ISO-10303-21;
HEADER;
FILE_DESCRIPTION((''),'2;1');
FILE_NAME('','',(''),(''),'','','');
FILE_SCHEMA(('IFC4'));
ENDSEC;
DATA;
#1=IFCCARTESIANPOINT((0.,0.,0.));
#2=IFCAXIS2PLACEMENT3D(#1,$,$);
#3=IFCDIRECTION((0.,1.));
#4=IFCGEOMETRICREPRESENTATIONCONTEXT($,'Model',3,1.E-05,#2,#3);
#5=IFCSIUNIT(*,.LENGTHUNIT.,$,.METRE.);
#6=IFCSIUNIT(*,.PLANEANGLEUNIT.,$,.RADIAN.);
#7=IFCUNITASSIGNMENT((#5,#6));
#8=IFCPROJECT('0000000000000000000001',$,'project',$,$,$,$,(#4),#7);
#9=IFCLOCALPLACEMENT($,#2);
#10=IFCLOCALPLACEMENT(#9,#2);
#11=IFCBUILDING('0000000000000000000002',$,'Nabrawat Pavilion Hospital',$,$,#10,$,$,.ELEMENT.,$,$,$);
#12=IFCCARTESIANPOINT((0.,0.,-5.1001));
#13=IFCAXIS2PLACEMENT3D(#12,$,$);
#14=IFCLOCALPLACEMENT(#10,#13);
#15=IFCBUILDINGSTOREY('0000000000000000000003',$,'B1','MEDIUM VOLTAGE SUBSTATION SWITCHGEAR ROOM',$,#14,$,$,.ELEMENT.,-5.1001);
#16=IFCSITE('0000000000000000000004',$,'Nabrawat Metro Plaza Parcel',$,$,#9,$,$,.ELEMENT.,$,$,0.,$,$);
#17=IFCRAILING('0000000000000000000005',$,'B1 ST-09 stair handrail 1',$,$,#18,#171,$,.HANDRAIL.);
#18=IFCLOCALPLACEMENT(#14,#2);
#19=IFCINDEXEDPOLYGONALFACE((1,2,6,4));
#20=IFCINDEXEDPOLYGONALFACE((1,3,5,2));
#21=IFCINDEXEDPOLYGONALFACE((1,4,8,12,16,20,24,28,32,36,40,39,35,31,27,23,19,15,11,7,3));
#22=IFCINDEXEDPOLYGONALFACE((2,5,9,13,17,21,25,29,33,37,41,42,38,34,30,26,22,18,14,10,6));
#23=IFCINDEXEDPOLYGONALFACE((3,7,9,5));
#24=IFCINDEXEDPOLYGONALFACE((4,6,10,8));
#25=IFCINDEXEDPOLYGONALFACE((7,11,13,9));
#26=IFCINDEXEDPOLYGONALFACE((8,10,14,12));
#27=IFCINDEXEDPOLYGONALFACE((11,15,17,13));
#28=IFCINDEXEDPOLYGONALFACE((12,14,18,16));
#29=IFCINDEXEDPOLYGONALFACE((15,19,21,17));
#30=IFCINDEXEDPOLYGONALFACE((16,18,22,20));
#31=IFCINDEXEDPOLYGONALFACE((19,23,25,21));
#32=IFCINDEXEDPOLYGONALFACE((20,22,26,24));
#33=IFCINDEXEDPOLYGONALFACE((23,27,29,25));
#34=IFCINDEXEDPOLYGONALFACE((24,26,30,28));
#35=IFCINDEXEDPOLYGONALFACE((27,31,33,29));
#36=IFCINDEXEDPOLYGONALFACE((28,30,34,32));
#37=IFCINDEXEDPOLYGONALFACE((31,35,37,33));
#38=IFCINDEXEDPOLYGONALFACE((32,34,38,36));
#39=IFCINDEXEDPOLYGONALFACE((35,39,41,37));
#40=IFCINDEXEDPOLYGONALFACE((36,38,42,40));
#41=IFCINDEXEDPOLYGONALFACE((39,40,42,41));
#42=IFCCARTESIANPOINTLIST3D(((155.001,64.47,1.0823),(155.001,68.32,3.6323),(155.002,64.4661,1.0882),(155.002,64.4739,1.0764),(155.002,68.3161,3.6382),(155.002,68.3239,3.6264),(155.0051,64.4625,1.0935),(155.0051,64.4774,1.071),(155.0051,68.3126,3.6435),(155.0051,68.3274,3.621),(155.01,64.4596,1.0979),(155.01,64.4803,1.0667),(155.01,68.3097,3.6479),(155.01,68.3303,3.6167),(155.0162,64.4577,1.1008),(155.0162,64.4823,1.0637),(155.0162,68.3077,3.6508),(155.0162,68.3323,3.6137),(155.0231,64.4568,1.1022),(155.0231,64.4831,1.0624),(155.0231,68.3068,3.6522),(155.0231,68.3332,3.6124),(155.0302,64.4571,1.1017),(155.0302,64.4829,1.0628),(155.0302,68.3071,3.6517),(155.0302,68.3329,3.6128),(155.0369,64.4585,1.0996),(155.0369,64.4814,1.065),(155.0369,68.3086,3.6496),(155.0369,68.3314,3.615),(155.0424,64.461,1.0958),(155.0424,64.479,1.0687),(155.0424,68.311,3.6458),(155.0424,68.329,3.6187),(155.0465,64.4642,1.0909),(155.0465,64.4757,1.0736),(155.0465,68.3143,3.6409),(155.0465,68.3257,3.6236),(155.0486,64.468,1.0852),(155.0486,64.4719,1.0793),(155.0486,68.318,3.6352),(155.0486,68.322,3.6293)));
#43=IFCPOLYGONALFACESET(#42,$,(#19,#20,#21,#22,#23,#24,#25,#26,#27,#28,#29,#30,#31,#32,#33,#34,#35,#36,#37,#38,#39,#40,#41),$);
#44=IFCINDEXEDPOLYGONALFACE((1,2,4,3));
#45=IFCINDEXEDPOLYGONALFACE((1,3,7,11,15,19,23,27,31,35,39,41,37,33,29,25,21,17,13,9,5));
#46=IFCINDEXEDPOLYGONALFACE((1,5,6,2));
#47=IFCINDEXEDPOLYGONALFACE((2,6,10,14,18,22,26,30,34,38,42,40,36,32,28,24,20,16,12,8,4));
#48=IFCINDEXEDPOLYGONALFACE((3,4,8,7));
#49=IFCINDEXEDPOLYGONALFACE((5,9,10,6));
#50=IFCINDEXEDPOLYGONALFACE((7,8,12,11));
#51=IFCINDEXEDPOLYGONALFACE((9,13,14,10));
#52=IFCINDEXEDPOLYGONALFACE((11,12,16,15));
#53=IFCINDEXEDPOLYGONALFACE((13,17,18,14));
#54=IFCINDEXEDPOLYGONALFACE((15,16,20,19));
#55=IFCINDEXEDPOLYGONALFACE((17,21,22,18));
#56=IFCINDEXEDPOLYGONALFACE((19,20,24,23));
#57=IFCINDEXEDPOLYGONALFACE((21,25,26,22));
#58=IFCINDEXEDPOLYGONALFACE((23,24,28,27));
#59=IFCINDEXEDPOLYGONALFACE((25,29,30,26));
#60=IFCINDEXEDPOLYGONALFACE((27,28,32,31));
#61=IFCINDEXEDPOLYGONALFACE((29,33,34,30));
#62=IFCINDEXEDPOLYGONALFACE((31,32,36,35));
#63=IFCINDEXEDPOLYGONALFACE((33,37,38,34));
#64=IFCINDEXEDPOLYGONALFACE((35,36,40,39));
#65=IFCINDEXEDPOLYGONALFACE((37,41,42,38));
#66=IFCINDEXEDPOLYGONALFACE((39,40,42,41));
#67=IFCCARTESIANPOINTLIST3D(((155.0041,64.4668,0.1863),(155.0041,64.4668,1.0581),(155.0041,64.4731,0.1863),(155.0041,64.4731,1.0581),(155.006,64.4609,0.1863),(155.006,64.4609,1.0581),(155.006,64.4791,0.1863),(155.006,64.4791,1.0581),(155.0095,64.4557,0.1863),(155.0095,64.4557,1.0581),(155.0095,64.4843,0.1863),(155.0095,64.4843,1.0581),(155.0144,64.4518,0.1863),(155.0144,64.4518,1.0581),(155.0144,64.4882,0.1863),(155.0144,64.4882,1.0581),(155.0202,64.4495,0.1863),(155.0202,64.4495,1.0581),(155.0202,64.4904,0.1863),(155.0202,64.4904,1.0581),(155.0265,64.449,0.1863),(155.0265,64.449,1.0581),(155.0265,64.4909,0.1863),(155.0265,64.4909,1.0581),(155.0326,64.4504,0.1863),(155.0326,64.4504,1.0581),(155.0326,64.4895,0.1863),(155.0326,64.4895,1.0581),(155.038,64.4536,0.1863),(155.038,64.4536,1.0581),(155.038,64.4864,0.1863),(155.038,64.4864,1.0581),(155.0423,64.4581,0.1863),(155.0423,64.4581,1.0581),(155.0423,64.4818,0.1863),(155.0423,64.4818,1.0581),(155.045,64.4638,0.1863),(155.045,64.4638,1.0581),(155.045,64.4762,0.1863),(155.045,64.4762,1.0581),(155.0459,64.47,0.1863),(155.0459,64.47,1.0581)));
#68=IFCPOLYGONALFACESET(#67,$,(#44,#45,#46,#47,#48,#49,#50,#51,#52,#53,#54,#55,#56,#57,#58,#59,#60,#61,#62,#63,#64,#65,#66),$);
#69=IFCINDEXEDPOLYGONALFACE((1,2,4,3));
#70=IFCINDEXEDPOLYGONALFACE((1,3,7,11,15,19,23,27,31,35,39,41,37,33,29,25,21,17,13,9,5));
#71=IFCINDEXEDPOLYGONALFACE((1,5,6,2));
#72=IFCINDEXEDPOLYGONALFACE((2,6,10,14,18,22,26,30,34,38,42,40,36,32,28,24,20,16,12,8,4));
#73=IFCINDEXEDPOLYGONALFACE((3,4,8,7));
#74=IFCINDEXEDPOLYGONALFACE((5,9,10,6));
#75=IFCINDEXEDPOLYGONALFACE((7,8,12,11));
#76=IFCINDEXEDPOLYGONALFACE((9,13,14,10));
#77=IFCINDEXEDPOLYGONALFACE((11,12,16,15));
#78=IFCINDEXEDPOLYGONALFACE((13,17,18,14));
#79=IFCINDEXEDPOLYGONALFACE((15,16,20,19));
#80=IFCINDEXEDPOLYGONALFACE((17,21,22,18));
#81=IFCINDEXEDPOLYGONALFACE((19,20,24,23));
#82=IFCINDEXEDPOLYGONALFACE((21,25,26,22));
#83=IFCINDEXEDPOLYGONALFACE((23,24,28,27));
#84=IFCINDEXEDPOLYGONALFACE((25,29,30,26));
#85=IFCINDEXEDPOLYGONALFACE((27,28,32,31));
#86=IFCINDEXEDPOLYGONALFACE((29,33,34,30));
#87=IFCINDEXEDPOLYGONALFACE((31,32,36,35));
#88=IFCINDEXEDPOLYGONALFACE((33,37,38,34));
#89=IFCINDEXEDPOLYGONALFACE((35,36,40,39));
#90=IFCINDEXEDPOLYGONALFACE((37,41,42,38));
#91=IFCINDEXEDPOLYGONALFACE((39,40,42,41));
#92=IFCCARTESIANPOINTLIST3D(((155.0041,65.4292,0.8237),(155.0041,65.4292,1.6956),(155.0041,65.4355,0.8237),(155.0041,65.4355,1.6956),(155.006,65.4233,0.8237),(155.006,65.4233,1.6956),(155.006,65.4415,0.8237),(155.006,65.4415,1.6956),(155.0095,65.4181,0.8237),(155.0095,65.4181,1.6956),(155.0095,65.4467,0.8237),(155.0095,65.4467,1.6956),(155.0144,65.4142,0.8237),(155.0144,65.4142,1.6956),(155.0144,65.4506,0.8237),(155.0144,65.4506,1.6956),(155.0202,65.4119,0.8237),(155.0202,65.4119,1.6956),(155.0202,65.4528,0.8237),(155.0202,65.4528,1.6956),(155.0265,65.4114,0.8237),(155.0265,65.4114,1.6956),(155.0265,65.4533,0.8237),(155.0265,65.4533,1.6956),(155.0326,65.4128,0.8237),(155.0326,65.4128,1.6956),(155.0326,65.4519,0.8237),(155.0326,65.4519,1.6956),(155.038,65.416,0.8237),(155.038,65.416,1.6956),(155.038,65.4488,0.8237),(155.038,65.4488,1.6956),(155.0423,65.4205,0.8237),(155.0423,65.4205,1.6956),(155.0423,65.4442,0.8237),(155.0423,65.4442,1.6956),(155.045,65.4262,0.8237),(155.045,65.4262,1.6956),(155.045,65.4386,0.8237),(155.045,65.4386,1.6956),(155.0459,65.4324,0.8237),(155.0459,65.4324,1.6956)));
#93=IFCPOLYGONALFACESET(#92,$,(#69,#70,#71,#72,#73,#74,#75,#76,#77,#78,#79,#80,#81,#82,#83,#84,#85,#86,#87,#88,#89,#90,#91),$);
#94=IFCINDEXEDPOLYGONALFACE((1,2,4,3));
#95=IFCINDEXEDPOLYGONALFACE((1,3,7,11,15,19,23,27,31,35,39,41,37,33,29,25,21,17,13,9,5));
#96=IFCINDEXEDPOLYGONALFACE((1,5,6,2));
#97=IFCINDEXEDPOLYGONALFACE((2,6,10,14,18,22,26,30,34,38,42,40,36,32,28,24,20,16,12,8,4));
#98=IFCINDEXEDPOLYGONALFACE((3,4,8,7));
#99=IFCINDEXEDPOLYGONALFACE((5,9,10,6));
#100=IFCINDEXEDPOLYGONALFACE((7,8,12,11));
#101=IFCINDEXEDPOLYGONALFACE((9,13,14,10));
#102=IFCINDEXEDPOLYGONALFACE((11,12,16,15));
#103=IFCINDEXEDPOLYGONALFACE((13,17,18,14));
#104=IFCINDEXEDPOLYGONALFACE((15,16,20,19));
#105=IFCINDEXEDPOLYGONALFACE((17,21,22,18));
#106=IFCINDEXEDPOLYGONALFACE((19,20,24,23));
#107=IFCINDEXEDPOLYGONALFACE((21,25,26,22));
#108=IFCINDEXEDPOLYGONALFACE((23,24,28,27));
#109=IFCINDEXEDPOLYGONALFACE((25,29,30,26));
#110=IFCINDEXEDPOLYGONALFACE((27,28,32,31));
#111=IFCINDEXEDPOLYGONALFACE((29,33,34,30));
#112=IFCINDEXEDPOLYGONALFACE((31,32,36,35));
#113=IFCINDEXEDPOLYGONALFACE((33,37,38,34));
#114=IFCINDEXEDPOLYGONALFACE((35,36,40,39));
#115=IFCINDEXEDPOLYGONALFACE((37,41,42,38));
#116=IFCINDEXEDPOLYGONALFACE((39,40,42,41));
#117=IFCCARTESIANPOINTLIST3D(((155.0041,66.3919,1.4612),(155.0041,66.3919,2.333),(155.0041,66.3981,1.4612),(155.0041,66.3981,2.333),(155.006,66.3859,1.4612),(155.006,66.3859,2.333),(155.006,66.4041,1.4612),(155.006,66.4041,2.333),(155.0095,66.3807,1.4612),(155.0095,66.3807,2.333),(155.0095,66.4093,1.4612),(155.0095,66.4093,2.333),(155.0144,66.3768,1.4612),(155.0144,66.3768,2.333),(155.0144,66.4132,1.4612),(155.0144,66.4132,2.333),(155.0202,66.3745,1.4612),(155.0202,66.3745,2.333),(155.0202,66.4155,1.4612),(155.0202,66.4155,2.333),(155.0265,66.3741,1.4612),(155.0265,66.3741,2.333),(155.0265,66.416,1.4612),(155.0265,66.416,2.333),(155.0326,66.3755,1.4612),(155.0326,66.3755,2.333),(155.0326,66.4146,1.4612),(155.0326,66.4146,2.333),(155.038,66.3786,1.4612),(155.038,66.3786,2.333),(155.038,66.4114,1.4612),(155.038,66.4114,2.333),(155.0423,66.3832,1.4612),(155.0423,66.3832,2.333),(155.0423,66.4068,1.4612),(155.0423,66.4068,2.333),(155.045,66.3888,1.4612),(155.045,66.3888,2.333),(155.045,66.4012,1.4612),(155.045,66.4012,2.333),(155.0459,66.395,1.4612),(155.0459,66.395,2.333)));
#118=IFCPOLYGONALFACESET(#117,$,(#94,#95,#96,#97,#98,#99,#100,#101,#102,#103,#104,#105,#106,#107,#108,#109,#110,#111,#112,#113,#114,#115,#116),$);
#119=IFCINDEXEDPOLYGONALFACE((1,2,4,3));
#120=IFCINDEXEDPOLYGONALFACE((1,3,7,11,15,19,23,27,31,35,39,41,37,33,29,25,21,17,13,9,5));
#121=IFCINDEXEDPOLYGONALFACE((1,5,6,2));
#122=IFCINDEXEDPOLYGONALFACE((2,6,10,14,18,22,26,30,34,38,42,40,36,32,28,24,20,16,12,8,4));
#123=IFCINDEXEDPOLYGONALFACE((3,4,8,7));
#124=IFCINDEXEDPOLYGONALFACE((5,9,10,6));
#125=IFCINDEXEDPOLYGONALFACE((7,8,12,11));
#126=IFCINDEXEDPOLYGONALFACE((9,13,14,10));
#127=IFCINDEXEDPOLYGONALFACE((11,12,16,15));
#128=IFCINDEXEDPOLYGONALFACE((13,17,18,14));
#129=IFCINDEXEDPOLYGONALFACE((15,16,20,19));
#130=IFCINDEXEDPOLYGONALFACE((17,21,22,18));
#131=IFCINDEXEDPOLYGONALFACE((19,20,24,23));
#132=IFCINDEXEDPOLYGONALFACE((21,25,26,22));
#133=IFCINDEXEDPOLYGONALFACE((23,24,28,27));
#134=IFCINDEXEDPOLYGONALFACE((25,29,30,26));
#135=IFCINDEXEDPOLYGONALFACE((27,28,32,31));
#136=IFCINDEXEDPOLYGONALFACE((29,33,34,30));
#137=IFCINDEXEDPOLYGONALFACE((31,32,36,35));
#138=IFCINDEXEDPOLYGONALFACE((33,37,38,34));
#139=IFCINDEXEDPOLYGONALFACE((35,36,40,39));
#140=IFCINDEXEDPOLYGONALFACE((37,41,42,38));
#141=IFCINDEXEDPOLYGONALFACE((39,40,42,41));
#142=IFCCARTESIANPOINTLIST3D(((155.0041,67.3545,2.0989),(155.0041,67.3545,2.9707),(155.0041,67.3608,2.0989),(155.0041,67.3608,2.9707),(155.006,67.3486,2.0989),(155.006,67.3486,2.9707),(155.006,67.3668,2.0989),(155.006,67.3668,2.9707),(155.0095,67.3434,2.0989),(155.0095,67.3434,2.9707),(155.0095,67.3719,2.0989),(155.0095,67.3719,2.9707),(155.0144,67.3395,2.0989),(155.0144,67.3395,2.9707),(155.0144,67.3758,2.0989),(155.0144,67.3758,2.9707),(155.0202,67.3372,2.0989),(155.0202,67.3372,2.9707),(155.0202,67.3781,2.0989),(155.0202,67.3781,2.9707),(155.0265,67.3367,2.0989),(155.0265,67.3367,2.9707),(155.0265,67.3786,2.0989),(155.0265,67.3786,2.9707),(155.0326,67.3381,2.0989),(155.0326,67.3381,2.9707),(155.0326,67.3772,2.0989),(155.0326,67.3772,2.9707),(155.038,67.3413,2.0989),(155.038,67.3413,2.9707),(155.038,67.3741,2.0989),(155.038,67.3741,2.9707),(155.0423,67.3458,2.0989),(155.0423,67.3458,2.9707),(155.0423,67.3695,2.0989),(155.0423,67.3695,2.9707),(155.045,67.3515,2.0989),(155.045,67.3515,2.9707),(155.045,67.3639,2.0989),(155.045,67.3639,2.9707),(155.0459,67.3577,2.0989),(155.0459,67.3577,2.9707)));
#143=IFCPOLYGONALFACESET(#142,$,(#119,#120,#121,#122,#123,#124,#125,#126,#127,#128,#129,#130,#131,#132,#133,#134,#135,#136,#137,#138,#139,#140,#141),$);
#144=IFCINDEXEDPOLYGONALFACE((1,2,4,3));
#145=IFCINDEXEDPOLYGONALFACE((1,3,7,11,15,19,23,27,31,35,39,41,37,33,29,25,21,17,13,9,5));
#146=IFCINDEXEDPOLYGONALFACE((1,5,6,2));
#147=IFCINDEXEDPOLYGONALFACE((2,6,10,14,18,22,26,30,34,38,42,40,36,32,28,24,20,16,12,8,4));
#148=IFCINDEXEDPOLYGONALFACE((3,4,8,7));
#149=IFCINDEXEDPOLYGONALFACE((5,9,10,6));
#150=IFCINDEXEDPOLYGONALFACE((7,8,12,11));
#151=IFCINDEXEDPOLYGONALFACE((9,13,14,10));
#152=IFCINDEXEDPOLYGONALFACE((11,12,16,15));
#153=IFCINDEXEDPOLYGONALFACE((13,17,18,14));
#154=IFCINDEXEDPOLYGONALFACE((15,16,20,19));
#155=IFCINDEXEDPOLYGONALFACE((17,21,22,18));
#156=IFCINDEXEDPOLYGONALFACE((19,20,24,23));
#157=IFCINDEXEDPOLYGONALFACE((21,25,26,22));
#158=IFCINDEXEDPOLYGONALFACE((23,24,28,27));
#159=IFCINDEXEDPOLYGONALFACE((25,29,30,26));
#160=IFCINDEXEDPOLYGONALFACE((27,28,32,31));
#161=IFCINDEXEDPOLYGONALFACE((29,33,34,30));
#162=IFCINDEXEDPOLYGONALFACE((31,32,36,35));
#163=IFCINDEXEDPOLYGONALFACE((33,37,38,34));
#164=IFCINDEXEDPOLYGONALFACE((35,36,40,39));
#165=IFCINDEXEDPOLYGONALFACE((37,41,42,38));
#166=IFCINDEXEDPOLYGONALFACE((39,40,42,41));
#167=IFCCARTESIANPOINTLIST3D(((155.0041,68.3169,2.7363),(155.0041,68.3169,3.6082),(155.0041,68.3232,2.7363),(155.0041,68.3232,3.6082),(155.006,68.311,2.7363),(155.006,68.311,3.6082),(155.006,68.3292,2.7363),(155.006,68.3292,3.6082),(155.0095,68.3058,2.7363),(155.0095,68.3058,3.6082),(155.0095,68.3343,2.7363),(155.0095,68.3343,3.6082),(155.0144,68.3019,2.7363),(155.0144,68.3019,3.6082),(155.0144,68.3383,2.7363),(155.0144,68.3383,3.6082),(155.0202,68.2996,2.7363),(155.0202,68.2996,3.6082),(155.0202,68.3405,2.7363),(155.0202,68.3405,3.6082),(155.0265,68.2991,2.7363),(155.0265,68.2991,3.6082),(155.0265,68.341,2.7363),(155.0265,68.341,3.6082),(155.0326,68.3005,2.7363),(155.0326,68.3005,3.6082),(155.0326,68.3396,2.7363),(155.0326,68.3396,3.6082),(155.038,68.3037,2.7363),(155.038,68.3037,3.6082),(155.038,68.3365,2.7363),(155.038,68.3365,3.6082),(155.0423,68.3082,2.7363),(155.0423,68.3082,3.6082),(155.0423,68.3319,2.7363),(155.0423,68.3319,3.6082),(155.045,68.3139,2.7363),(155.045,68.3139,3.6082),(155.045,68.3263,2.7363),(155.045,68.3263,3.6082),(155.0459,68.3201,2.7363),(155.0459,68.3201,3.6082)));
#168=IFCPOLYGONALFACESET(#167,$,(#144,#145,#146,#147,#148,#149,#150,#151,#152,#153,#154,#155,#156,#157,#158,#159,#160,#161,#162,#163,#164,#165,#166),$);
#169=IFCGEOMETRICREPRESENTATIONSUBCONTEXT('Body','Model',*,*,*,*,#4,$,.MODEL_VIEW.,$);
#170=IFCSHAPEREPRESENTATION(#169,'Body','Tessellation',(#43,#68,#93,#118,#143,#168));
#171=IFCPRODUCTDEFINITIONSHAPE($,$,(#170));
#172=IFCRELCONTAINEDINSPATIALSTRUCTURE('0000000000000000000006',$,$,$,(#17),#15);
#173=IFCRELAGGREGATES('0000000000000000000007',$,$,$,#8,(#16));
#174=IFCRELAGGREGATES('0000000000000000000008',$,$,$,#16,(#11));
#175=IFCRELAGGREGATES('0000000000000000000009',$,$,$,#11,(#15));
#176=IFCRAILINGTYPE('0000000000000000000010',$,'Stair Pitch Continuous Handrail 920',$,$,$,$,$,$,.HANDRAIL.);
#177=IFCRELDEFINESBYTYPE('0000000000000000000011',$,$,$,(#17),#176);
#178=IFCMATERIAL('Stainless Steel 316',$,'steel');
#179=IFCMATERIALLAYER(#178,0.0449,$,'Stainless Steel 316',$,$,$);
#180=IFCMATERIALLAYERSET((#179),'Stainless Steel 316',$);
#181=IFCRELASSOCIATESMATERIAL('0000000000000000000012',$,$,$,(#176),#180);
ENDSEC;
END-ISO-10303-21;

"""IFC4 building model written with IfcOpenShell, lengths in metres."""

from ifc_helpers import new_model, si_unit, direction, frame, origin, origin_2d, place, context, subcontext, project, spatial, circle, extrude, material, layer, layer_set, type_object, element, save


model = new_model("IFC4")

# Units and contexts
model_context = context("Model", 3, precision=1e-05, world=origin(), true_north=direction((0.0, 1.0)))
body_context = subcontext(model_context, "Body", "Model", "MODEL_VIEW")
ifc_project = project(units=[si_unit("LENGTHUNIT", "METRE"), si_unit("PLANEANGLEUNIT", "RADIAN")], contexts=[model_context])

# Site, building, storey
site_placement = place(None, origin())
site = spatial("IfcSite", under=ifc_project, at=site_placement, Name="Nabrawat Metro Plaza Parcel", CompositionType="ELEMENT", RefElevation=0.0)
building_placement = place(site_placement, origin())
building = spatial("IfcBuilding", under=site, at=building_placement, Name="Nabrawat Pavilion Hospital", CompositionType="ELEMENT")
storey_placement = place(building_placement, frame((0.0, 0.0, -5.1001)))
storey = spatial("IfcBuildingStorey", under=building, at=storey_placement, Name="B1", Description="MEDIUM VOLTAGE SUBSTATION SWITCHGEAR ROOM", CompositionType="ELEMENT", Elevation=-5.1001)

# Railing
ifc_material_1 = material(Name="Stainless Steel 316", Category="steel")
ifc_layer_1 = layer(ifc_material_1, 0.0449, Name="Stainless Steel 316")
ifc_layer_set_1 = layer_set([ifc_layer_1], Name="Stainless Steel 316")
railing_type_1 = type_object("IfcRailingType", Name="Stair Pitch Continuous Handrail 920", PredefinedType="HANDRAIL", material=ifc_layer_set_1)
railing_1_placement = place(storey_placement, frame((155.0249, 64.47, 0.1863)))
element("IfcRailing", 1, at=railing_1_placement, inside=storey, type_object=railing_type_1, Name="B1 ST-09 stair handrail 1", PredefinedType="HANDRAIL", context=body_context, shape_type="SweptSolid", body=[
    extrude(circle(Radius=0.0239, at=origin_2d()), frame((0.0, 0.0, 0.896), z_axis=(0.0, 0.833714, 0.552197), x_axis=(-1.0, 0.0, 0.0)), (0.0, 0.0, 1.0), 4.6179),
    extrude(circle(Radius=0.021, at=origin_2d()), origin(), (0.0, 0.0, 1.0), 0.8718),
    extrude(circle(Radius=0.021, at=origin_2d()), frame((0.0, 0.9624, 0.6375)), (0.0, 0.0, 1.0), 0.8718),
    extrude(circle(Radius=0.021, at=origin_2d()), frame((0.0, 1.925, 1.2749)), (0.0, 0.0, 1.0), 0.8718),
    extrude(circle(Radius=0.021, at=origin_2d()), frame((0.0, 2.8877, 1.9126)), (0.0, 0.0, 1.0), 0.8718),
    extrude(circle(Radius=0.021, at=origin_2d()), frame((0.0, 3.8501, 2.55)), (0.0, 0.0, 1.0), 0.8718),
])

save(model, "model.ifc")
